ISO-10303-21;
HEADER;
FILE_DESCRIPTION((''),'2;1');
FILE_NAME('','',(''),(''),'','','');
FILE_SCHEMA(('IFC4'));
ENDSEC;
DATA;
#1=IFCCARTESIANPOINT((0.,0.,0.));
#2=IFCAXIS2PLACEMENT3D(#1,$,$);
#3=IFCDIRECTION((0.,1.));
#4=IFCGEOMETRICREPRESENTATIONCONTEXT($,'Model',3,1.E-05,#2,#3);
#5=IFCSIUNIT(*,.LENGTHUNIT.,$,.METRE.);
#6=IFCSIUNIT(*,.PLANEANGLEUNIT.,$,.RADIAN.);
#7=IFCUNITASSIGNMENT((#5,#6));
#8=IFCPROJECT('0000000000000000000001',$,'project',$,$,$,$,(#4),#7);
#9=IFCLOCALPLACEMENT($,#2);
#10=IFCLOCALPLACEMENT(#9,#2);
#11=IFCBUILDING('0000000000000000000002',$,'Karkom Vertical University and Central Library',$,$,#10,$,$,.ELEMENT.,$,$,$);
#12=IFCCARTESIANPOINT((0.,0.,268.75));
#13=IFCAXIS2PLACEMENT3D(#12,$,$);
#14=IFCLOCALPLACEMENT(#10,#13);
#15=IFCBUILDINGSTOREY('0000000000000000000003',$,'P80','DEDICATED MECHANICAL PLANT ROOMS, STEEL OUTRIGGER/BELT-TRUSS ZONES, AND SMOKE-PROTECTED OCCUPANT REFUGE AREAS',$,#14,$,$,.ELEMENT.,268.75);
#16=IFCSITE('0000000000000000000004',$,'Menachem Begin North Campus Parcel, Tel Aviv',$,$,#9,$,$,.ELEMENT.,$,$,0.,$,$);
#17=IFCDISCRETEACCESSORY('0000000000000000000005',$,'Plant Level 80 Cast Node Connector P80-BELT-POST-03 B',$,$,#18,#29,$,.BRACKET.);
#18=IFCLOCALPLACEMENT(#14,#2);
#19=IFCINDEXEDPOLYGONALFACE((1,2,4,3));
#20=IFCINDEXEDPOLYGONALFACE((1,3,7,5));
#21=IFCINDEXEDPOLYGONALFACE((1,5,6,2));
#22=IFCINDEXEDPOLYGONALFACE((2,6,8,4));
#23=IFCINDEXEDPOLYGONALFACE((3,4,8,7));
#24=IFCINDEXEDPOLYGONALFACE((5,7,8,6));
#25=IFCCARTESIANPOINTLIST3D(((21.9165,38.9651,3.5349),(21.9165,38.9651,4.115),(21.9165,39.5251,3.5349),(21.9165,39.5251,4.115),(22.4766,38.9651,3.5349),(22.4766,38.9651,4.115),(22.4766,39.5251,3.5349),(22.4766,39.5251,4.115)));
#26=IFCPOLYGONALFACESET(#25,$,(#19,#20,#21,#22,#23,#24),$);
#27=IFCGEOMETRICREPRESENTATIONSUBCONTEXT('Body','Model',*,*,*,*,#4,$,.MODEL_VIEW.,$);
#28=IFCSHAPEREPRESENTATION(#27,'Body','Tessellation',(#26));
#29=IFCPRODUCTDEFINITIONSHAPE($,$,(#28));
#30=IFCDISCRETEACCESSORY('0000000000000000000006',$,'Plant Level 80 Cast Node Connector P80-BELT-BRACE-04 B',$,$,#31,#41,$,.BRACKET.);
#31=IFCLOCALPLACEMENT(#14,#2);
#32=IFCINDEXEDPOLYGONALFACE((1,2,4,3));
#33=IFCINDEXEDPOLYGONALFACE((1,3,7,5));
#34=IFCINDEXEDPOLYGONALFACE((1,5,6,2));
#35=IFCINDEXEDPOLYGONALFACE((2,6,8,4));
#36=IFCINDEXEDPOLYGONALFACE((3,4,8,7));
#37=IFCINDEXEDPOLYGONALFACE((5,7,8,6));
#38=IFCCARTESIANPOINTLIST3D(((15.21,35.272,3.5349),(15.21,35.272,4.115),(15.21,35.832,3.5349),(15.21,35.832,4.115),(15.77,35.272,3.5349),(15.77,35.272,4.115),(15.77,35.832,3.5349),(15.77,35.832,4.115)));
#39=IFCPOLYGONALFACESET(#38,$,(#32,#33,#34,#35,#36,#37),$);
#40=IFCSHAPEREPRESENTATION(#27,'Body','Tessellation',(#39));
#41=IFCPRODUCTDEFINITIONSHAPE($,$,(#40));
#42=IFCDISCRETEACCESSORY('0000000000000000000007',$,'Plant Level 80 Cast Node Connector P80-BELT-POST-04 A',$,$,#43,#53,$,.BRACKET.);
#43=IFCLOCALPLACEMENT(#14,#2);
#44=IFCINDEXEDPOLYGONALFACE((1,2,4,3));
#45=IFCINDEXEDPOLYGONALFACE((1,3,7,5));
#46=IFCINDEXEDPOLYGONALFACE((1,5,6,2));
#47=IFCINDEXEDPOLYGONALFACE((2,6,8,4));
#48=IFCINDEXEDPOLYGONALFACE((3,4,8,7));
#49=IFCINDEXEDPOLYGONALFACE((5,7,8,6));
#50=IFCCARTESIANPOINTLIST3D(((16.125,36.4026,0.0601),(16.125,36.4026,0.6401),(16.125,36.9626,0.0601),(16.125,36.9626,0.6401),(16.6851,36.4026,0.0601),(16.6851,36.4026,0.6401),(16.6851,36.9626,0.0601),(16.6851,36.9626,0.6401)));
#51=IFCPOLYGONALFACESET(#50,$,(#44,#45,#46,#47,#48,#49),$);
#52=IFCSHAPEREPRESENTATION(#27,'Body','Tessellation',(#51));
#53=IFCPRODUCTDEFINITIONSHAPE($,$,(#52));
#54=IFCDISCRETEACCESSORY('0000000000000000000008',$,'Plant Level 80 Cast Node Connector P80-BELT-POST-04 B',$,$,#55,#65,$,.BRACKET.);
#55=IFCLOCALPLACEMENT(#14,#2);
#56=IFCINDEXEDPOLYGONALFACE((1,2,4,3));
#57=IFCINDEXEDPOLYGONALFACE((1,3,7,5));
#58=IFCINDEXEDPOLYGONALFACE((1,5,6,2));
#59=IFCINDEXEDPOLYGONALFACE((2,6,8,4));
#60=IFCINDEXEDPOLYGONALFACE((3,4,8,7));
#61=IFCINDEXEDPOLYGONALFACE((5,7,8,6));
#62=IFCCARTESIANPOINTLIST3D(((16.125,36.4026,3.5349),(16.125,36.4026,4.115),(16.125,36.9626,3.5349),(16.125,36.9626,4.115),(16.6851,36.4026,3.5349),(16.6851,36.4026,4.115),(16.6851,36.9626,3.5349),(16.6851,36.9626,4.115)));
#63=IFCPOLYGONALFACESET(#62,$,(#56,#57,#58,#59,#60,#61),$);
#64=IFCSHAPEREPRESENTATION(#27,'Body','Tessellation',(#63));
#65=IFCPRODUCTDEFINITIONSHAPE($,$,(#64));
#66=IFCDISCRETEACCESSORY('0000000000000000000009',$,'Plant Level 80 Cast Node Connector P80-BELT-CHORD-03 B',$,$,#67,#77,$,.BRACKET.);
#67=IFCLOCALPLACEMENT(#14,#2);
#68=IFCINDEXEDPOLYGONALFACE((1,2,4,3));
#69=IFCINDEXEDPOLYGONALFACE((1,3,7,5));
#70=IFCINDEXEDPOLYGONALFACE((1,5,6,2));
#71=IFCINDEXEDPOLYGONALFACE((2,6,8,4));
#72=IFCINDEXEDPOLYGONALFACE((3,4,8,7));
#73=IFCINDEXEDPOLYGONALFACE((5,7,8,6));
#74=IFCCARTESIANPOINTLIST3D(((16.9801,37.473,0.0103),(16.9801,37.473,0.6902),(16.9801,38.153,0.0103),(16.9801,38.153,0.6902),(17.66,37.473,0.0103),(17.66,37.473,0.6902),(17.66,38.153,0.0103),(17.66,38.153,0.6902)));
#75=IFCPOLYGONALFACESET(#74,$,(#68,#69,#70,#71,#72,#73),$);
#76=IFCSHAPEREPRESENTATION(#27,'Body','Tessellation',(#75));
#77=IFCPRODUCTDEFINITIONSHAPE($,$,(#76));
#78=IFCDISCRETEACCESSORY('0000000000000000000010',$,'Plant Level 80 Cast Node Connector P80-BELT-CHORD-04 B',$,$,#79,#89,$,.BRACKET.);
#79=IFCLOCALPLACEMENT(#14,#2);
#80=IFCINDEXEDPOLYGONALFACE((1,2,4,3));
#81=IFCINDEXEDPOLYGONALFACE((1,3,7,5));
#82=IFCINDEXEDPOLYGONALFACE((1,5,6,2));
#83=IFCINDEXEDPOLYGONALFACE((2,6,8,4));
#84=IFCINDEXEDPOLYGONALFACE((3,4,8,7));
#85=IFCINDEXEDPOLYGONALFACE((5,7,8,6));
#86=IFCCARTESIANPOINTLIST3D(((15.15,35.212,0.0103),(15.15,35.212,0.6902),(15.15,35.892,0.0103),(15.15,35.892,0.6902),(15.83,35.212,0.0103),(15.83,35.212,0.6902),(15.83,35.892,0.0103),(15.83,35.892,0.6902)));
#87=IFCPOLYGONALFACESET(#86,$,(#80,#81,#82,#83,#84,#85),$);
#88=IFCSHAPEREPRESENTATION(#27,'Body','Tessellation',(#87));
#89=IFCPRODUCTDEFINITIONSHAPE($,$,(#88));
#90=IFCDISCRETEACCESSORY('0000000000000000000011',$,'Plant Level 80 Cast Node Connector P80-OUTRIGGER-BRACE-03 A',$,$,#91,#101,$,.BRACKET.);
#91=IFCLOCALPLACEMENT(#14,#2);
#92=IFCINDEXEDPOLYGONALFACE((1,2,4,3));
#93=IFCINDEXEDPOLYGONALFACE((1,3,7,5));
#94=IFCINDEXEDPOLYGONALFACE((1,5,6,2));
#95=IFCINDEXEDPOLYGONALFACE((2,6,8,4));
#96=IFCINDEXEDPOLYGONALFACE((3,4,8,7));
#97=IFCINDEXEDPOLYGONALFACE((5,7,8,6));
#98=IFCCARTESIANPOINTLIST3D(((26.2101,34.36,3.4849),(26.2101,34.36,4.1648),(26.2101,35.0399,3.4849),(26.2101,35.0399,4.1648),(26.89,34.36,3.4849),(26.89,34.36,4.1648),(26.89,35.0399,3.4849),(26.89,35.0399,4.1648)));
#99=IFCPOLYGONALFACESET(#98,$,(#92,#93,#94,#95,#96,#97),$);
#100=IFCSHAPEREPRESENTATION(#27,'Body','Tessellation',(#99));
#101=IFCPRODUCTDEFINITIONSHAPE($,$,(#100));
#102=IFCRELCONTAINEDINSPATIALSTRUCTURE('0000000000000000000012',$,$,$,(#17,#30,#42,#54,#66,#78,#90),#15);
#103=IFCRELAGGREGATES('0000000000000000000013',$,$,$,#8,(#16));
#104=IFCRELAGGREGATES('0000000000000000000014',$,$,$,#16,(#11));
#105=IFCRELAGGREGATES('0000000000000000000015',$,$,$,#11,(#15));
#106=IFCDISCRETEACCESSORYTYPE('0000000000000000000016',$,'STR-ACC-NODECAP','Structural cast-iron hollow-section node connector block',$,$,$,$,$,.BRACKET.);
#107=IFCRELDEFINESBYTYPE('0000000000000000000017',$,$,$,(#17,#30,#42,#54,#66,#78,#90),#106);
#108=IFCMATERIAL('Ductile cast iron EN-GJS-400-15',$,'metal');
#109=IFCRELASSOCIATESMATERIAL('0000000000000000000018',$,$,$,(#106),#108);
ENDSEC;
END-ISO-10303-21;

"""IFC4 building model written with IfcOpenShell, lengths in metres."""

from ifc_helpers import new_model, si_unit, direction, frame, origin, origin_with_axes, origin_2d, place, context, subcontext, project, spatial, rectangle, extrude, source, transform, mapped, material, type_object, element, save


model = new_model("IFC4")

# Units and contexts
model_context = context("Model", 3, precision=1e-05, world=origin(), true_north=direction((0.0, 1.0)))
body_context = subcontext(model_context, "Body", "Model", "MODEL_VIEW")
ifc_project = project(units=[si_unit("LENGTHUNIT", "METRE"), si_unit("PLANEANGLEUNIT", "RADIAN")], contexts=[model_context])

# Site, building, storey
site_placement = place(None, origin())
site = spatial("IfcSite", under=ifc_project, at=site_placement, Name="Menachem Begin North Campus Parcel, Tel Aviv", CompositionType="ELEMENT", RefElevation=0.0)
building_placement = place(site_placement, origin())
building = spatial("IfcBuilding", under=site, at=building_placement, Name="Karkom Vertical University and Central Library", CompositionType="ELEMENT")
storey_placement = place(building_placement, frame((0.0, 0.0, 268.75)))
storey = spatial("IfcBuildingStorey", under=building, at=storey_placement, Name="P80", Description="DEDICATED MECHANICAL PLANT ROOMS, STEEL OUTRIGGER/BELT-TRUSS ZONES, AND SMOKE-PROTECTED OCCUPANT REFUGE AREAS", CompositionType="ELEMENT", Elevation=268.75)

# Discrete accessories
ifc_material_1 = material(Name="Ductile cast iron EN-GJS-400-15", Category="metal")
discrete_accessory_type = type_object("IfcDiscreteAccessoryType", Name="STR-ACC-NODECAP", Description="Structural cast-iron hollow-section node connector block", PredefinedType="BRACKET", material=ifc_material_1)
shared_shape_1 = source(origin_with_axes(), body_context, "Body", "SweptSolid", [
    extrude(rectangle(XDim=0.5601, YDim=0.5601, at=origin_2d()), origin(), (0.0, 0.0, 1.0), 0.5801),
])
for number, where, z_axis, x_axis, name in (
    (1, (22.1965, 39.2451, 3.5349), (0.0, 0.0, 1.0), (1.0, 0.0, 0.0), "Plant Level 80 Cast Node Connector P80-BELT-POST-03 B"),
    (2, (15.49, 35.552, 3.5349), (0.0, 0.0, 1.0), (1.0, 0.0, 0.0), "Plant Level 80 Cast Node Connector P80-BELT-BRACE-04 B"),
    (3, (16.405, 36.6826, 0.0601), (0.0, 0.0, 1.0), (1.0, 0.0, 0.0), "Plant Level 80 Cast Node Connector P80-BELT-POST-04 A"),
    (4, (16.405, 36.6826, 3.5349), (0.0, 0.0, 1.0), (1.0, 0.0, 0.0), "Plant Level 80 Cast Node Connector P80-BELT-POST-04 B"),
):
    element("IfcDiscreteAccessory", number, at=place(storey_placement, frame(where, z_axis=z_axis, x_axis=x_axis)), inside=storey, type_object=discrete_accessory_type, Name=name, PredefinedType="BRACKET", context=body_context, shape_type="MappedRepresentation", body=[
        mapped(shared_shape_1, transform((0.0, 0.0, 0.0), scale=1.0)),
    ])
shared_shape_2 = source(origin_with_axes(), body_context, "Body", "SweptSolid", [
    extrude(rectangle(XDim=0.6799, YDim=0.6799, at=origin_2d()), origin(), (0.0, 0.0, 1.0), 0.6799),
])
for number, where, z_axis, x_axis, name in (
    (5, (17.3201, 37.813, 0.0103), (0.0, 0.0, 1.0), (1.0, 0.0, 0.0), "Plant Level 80 Cast Node Connector P80-BELT-CHORD-03 B"),
    (6, (15.49, 35.552, 0.0103), (0.0, 0.0, 1.0), (1.0, 0.0, 0.0), "Plant Level 80 Cast Node Connector P80-BELT-CHORD-04 B"),
    (7, (26.55, 34.7, 3.4849), (0.0, 0.0, 1.0), (1.0, 0.0, 0.0), "Plant Level 80 Cast Node Connector P80-OUTRIGGER-BRACE-03 A"),
):
    element("IfcDiscreteAccessory", number, at=place(storey_placement, frame(where, z_axis=z_axis, x_axis=x_axis)), inside=storey, type_object=discrete_accessory_type, Name=name, PredefinedType="BRACKET", context=body_context, shape_type="MappedRepresentation", body=[
        mapped(shared_shape_2, transform((0.0, 0.0, 0.0), scale=1.0)),
    ])

save(model, "model.ifc")
